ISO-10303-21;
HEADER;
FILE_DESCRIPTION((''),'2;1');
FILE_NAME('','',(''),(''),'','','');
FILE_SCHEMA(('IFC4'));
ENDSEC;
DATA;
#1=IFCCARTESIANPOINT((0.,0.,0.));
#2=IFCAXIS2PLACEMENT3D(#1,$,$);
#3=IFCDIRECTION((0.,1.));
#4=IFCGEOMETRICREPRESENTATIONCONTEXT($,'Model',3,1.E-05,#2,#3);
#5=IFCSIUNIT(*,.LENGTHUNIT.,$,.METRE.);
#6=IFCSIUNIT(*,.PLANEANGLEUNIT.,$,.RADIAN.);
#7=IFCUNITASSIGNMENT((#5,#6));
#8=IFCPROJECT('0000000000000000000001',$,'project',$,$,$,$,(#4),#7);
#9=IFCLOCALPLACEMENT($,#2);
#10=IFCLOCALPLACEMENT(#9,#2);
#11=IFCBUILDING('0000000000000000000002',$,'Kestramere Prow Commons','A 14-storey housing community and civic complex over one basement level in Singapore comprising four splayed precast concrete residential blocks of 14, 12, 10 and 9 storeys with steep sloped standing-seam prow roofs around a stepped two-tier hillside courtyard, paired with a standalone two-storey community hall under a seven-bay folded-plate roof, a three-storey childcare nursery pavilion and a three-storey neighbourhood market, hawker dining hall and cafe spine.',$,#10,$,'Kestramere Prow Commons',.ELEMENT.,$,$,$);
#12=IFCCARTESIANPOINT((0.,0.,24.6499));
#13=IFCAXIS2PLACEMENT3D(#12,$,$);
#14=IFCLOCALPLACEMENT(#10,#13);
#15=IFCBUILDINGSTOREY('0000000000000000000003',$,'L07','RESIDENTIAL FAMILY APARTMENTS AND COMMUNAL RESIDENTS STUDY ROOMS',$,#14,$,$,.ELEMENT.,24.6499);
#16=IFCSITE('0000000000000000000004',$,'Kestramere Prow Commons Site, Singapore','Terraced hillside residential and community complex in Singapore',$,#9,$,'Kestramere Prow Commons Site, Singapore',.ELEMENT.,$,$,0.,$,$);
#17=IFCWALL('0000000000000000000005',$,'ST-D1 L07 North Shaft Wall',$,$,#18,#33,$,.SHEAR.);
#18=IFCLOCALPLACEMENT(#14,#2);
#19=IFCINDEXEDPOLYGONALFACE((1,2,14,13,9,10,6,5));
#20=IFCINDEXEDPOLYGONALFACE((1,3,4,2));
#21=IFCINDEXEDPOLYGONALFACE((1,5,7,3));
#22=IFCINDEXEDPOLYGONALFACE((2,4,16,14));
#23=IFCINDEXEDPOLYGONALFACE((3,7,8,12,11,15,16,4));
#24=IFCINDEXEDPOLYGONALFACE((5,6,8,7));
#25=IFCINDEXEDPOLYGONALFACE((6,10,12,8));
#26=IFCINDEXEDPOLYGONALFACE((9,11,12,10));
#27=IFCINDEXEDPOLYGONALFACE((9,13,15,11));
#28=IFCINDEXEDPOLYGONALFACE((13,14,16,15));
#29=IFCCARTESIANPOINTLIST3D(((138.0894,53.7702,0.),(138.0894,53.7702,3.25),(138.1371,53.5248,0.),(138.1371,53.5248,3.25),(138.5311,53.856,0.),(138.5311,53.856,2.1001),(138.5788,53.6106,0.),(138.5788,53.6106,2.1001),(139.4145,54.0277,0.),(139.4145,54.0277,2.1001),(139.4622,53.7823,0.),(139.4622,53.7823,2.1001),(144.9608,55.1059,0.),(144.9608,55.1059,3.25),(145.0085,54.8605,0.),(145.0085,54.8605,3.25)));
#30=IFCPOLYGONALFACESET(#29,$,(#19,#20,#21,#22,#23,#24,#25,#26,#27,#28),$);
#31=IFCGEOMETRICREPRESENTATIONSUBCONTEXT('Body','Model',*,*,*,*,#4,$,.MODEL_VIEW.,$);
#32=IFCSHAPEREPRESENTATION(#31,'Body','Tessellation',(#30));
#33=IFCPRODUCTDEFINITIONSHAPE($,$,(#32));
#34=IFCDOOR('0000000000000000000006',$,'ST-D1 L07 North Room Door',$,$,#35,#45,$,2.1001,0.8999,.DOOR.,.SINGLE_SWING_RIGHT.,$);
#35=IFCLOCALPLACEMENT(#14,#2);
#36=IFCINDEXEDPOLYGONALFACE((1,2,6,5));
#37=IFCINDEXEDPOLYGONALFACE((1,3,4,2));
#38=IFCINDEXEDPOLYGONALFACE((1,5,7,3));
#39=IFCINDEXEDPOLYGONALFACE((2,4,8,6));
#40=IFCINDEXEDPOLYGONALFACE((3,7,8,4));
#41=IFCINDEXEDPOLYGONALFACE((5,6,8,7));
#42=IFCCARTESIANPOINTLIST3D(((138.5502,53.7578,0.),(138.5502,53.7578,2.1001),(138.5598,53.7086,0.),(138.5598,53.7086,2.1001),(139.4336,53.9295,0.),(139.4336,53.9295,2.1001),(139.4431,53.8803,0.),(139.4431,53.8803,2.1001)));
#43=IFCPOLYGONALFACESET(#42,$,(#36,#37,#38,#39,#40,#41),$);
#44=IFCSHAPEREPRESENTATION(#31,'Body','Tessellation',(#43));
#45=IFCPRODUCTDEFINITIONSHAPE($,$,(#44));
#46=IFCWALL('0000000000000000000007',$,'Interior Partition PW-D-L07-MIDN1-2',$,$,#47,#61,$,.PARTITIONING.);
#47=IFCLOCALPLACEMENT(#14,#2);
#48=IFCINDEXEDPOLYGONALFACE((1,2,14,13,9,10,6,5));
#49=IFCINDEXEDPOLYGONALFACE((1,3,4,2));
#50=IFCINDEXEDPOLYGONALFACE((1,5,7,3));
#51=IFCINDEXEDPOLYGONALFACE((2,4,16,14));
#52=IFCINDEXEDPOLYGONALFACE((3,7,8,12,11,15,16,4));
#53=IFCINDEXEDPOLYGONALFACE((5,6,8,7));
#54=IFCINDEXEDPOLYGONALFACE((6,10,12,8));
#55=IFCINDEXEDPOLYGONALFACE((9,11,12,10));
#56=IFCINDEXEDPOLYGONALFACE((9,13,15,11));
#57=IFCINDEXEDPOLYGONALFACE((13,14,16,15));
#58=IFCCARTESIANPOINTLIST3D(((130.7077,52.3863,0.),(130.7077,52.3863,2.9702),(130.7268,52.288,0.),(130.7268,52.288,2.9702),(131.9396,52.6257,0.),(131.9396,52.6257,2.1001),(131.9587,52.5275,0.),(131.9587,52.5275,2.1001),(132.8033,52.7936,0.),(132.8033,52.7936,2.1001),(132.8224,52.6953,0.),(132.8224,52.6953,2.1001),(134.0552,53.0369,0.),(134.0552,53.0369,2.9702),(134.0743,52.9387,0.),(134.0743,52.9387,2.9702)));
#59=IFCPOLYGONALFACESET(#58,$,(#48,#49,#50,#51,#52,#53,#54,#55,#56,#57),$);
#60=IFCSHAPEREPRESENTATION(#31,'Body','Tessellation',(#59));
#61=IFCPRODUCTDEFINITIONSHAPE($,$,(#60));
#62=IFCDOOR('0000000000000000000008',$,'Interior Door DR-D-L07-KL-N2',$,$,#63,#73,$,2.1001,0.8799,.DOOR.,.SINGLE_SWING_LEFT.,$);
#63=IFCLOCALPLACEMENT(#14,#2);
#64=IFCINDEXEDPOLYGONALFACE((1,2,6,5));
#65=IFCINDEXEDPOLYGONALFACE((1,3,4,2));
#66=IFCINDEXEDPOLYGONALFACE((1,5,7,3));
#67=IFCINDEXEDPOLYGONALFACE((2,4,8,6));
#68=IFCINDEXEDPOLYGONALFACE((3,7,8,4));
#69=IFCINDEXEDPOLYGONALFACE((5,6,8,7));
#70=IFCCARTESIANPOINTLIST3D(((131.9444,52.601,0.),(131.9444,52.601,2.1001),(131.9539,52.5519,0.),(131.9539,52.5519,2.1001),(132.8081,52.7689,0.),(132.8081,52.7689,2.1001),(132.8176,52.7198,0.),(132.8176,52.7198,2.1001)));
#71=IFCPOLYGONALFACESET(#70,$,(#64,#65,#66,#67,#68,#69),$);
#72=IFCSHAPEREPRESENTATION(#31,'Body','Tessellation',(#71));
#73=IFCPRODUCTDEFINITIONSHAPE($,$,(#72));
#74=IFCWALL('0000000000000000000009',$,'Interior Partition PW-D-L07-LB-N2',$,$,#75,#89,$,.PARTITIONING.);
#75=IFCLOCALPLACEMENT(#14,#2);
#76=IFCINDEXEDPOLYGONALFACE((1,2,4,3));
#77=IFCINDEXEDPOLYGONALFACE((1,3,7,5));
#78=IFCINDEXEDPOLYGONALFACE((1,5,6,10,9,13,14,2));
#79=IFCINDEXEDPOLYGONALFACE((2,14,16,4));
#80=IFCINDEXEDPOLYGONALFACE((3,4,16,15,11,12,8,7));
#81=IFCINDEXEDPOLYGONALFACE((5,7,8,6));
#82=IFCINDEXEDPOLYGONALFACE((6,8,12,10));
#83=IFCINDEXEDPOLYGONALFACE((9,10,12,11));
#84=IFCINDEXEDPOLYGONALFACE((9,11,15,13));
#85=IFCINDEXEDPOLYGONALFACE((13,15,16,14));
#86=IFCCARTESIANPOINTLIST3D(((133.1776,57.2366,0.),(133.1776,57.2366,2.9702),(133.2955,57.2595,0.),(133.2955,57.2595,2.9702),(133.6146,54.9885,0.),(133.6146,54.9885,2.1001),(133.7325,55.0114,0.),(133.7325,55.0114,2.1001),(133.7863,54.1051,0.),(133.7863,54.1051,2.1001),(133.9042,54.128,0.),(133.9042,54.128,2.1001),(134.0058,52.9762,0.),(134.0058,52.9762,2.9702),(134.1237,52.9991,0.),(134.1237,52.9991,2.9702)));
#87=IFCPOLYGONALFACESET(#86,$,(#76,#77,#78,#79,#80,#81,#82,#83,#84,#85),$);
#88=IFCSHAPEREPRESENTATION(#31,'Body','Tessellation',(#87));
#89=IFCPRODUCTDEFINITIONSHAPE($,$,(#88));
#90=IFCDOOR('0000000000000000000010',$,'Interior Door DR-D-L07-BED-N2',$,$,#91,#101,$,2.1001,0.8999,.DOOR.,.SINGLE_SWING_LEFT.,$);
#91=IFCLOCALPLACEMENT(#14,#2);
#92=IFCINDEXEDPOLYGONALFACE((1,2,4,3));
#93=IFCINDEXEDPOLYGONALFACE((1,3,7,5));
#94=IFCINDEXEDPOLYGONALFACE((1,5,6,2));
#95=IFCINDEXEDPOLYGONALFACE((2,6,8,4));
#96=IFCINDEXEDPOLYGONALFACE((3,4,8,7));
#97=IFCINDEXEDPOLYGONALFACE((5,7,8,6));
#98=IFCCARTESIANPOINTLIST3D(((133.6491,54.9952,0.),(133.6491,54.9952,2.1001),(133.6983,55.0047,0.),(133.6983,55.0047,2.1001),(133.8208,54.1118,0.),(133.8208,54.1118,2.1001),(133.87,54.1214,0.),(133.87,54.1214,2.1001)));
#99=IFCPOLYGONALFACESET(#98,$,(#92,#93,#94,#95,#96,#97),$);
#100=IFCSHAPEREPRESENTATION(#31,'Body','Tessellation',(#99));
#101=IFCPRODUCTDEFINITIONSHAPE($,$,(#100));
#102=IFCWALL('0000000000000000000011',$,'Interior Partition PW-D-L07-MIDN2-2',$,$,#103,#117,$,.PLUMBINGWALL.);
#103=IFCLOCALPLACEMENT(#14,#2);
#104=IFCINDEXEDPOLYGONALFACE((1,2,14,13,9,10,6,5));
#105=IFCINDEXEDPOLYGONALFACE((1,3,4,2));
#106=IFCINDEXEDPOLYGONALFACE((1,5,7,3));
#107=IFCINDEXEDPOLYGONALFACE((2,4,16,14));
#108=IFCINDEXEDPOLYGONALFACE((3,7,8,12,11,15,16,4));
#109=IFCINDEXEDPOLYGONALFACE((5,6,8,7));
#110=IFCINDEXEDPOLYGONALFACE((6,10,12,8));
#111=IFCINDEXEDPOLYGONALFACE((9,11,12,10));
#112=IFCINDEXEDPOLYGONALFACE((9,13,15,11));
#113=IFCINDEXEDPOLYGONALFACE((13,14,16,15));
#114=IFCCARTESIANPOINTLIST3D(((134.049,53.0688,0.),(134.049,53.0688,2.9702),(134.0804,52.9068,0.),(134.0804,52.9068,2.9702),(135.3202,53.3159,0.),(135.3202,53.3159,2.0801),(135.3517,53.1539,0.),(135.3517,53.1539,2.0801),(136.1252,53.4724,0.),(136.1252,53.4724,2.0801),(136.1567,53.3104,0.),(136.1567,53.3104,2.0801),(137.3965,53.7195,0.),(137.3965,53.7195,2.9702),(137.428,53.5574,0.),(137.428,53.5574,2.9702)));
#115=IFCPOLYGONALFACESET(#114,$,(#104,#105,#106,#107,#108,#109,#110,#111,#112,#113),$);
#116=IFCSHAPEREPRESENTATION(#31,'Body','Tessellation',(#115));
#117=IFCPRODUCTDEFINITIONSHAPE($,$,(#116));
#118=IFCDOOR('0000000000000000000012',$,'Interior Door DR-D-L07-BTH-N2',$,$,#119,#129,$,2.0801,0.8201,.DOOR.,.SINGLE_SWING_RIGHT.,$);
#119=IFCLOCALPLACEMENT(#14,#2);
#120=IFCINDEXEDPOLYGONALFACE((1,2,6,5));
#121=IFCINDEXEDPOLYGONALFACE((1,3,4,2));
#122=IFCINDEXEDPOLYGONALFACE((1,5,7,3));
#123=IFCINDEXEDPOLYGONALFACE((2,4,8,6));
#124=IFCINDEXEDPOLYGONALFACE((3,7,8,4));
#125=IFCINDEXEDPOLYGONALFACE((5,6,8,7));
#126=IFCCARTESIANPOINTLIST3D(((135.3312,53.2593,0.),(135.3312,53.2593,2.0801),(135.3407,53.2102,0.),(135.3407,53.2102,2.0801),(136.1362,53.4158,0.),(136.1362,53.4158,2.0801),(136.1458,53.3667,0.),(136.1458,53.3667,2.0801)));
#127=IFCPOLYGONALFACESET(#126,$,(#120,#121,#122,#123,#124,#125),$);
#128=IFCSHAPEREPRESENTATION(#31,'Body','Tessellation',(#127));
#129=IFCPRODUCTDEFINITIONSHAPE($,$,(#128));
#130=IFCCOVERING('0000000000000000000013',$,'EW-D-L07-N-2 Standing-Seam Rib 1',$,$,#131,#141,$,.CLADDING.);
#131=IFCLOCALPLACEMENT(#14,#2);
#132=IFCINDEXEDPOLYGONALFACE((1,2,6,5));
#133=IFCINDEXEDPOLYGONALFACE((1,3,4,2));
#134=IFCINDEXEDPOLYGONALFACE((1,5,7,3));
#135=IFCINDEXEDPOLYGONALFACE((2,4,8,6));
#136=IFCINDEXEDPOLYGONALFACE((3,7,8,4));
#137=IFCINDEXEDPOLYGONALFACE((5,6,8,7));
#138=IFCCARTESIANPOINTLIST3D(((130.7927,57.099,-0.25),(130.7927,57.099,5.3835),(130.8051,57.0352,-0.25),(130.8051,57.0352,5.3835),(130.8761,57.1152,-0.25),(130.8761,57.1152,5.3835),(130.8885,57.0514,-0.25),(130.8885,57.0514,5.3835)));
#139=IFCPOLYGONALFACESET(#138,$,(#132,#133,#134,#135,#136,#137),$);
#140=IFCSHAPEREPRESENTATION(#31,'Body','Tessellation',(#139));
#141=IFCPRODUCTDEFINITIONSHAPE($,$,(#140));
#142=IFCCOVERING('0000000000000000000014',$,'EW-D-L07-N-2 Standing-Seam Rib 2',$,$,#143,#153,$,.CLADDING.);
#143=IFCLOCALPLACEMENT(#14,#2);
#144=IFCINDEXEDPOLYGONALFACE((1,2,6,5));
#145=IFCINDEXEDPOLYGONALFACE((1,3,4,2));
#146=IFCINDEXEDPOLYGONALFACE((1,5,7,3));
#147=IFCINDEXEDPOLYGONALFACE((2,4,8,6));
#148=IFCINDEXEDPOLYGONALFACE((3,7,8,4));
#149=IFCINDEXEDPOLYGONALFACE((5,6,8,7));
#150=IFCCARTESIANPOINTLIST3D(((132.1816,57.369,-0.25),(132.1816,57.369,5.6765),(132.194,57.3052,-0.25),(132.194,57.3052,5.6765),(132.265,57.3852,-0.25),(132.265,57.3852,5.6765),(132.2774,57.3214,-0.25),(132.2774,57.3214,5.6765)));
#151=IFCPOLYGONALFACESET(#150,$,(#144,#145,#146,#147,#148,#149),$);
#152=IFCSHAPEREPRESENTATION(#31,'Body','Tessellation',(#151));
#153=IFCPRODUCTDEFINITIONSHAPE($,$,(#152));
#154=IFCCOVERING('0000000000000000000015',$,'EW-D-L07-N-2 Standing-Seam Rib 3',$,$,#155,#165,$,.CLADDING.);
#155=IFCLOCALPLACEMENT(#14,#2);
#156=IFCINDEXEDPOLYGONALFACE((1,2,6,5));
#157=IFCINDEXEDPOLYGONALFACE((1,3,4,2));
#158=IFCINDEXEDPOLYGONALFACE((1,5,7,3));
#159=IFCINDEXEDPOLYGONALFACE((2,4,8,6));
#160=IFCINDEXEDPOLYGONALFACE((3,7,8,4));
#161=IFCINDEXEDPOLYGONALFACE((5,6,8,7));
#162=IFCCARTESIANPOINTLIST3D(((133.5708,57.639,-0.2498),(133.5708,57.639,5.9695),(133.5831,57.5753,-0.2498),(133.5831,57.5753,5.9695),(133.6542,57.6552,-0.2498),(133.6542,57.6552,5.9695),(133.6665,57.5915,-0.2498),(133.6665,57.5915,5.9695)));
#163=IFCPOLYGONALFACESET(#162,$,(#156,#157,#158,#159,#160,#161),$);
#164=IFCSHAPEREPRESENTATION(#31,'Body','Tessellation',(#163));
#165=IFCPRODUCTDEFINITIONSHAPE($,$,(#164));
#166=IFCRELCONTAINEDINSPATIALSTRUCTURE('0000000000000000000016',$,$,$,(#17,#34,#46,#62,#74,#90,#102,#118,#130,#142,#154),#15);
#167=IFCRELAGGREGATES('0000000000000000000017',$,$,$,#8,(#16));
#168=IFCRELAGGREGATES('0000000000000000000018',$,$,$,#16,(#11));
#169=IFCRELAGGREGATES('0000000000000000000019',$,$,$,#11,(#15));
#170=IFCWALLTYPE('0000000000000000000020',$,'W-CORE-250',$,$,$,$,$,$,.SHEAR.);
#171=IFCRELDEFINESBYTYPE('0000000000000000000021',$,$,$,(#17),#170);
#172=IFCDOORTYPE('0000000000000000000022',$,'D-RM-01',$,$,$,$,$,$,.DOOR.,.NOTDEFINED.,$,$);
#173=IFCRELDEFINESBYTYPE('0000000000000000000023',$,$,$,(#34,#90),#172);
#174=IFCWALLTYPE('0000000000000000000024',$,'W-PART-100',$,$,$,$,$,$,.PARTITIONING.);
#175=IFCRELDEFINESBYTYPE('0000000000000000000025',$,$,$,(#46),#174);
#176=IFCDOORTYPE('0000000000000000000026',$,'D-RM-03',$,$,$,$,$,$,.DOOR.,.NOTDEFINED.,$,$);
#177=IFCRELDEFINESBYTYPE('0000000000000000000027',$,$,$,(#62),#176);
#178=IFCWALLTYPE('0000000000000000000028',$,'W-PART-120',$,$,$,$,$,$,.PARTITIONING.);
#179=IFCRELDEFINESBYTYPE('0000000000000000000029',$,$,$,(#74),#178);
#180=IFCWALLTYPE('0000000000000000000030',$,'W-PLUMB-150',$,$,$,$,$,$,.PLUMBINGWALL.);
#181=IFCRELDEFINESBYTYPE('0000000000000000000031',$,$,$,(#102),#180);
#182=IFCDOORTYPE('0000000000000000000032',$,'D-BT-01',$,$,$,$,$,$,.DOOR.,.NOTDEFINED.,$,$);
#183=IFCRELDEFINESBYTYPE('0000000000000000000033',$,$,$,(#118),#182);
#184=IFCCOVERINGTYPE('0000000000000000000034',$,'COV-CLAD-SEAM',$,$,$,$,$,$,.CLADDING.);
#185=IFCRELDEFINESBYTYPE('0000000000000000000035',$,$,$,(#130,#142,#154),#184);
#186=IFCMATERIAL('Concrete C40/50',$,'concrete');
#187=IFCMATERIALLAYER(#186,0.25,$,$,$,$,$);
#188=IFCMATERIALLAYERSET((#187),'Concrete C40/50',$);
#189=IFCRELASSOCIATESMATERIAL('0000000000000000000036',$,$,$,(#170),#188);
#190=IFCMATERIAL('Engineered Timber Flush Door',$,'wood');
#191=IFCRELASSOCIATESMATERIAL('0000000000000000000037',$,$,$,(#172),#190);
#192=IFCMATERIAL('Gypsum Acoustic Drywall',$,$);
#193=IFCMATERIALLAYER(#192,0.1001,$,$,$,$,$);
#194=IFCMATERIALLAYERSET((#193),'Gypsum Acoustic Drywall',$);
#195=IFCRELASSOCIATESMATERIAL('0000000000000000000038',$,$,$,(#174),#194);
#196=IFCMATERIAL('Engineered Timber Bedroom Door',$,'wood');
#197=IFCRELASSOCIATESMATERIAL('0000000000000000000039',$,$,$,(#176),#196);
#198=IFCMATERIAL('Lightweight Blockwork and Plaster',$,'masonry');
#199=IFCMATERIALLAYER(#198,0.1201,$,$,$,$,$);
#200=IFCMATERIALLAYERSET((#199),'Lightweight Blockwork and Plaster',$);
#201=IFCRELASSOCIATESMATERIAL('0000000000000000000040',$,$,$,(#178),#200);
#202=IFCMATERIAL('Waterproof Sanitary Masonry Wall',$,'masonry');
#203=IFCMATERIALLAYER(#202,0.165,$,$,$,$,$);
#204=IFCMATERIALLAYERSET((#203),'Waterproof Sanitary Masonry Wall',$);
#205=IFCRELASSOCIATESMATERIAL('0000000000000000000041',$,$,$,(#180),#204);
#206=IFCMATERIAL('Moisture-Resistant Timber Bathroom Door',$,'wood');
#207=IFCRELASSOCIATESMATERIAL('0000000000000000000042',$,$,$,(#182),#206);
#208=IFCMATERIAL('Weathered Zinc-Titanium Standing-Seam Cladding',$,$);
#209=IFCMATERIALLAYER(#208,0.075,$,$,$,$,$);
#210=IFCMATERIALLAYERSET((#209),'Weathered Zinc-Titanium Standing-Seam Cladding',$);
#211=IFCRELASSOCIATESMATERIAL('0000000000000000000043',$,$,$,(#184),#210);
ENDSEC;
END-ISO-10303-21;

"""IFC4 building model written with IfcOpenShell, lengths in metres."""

from ifc_helpers import new_model, si_unit, direction, frame, frame_2d, origin, origin_2d, place, context, subcontext, project, spatial, rectangle, extrude, material, layer, layer_set, type_object, element, fill, save


model = new_model("IFC4")

# Units and contexts
model_context = context("Model", 3, precision=1e-05, world=origin(), true_north=direction((0.0, 1.0)))
body_context = subcontext(model_context, "Body", "Model", "MODEL_VIEW")
ifc_project = project(units=[si_unit("LENGTHUNIT", "METRE"), si_unit("PLANEANGLEUNIT", "RADIAN")], contexts=[model_context])

# Site, building, storey
site_placement = place(None, origin())
site = spatial("IfcSite", under=ifc_project, at=site_placement, Name="Kestramere Prow Commons Site, Singapore", Description="Terraced hillside residential and community complex in Singapore", LongName="Kestramere Prow Commons Site, Singapore", CompositionType="ELEMENT", RefElevation=0.0)
building_placement = place(site_placement, origin())
building = spatial("IfcBuilding", under=site, at=building_placement, Name="Kestramere Prow Commons", Description="A 14-storey housing community and civic complex over one basement level in Singapore comprising four splayed precast concrete residential blocks of 14, 12, 10 and 9 storeys with steep sloped standing-seam prow roofs around a stepped two-tier hillside courtyard, paired with a standalone two-storey community hall under a seven-bay folded-plate roof, a three-storey childcare nursery pavilion and a three-storey neighbourhood market, hawker dining hall and cafe spine.", LongName="Kestramere Prow Commons", CompositionType="ELEMENT")
storey_placement = place(building_placement, frame((0.0, 0.0, 24.6499)))
storey = spatial("IfcBuildingStorey", under=building, at=storey_placement, Name="L07", Description="RESIDENTIAL FAMILY APARTMENTS AND COMMUNAL RESIDENTS STUDY ROOMS", CompositionType="ELEMENT", Elevation=24.6499)

# Walls, openings, doors
ifc_material_1 = material(Name="Concrete C40/50", Category="concrete")
ifc_layer_1 = layer(ifc_material_1, 0.25)
ifc_layer_set_1 = layer_set([ifc_layer_1], Name="Concrete C40/50")
wall_type_1 = type_object("IfcWallType", Name="W-CORE-250", PredefinedType="SHEAR", material=ifc_layer_set_1)
wall_1_placement = place(storey_placement, frame((138.1133, 53.6475, 0.0), z_axis=(0.0, 0.0, 1.0), x_axis=(0.981626, 0.190815, 0.0)))
wall_1 = element("IfcWall", 1, at=wall_1_placement, inside=storey, type_object=wall_type_1, Name="ST-D1 L07 North Shaft Wall", PredefinedType="SHEAR", context=body_context, shape_type="SweptSolid", body=[
    extrude(rectangle(XDim=7.0, YDim=0.25, at=frame_2d((3.5, 0.0))), origin(), (0.0, 0.0, 1.0), 3.25),
])
opening_1_placement = place(wall_1_placement, frame((0.45, 0.0, 0.0)))
opening_1 = element("IfcOpeningElement", 2, at=opening_1_placement, cuts=wall_1, PredefinedType="OPENING", context=body_context, shape_type="SweptSolid", body=[
    extrude(rectangle(XDim=0.8999, YDim=2.1001, at=frame_2d((0.45, 1.05))), frame((0.0, 0.1399, 0.0), z_axis=(0.0, -1.0, 0.0), x_axis=(1.0, 0.0, 0.0)), (0.0, 0.0, 1.0), 0.28),
])
ifc_material_2 = material(Name="Engineered Timber Flush Door", Category="wood")
door_type_1 = type_object("IfcDoorType", Name="D-RM-01", OperationType="NOTDEFINED", PredefinedType="DOOR", material=ifc_material_2)
door_1_placement = place(opening_1_placement, origin())
door_1 = element("IfcDoor", 3, at=door_1_placement, inside=storey, type_object=door_type_1, Name="ST-D1 L07 North Room Door", OperationType="SINGLE_SWING_RIGHT", OverallHeight=2.1001, OverallWidth=0.8999, PredefinedType="DOOR", context=body_context, shape_type="SweptSolid", body=[
    extrude(rectangle(XDim=0.8999, YDim=2.1001, at=frame_2d((0.45, 1.05))), frame((0.0, 0.0249, 0.0), z_axis=(0.0, -1.0, 0.0), x_axis=(1.0, 0.0, 0.0)), (0.0, 0.0, 1.0), 0.05),
])
fill(opening_1, door_1)
ifc_material_3 = material(Name="Gypsum Acoustic Drywall")
ifc_layer_2 = layer(ifc_material_3, 0.1001)
ifc_layer_set_2 = layer_set([ifc_layer_2], Name="Gypsum Acoustic Drywall")
wall_type_2 = type_object("IfcWallType", Name="W-PART-100", PredefinedType="PARTITIONING", material=ifc_layer_set_2)
wall_2_placement = place(storey_placement, frame((130.7173, 52.3372, 0.0), z_axis=(0.0, 0.0, 1.0), x_axis=(0.981629, 0.190799, 0.0)))
wall_2 = element("IfcWall", 4, at=wall_2_placement, inside=storey, type_object=wall_type_2, Name="Interior Partition PW-D-L07-MIDN1-2", PredefinedType="PARTITIONING", context=body_context, shape_type="SweptSolid", body=[
    extrude(rectangle(XDim=3.4102, YDim=0.1001, at=frame_2d((1.7051, 0.0))), origin(), (0.0, 0.0, 1.0), 2.9702),
])
opening_2_placement = place(wall_2_placement, frame((1.2549, 0.0, 0.0)))
opening_2 = element("IfcOpeningElement", 5, at=opening_2_placement, cuts=wall_2, PredefinedType="OPENING", context=body_context, shape_type="SweptSolid", body=[
    extrude(rectangle(XDim=0.8799, YDim=2.1001, at=frame_2d((0.4399, 1.05))), frame((0.0, 0.0649, 0.0), z_axis=(0.0, -1.0, 0.0), x_axis=(1.0, 0.0, 0.0)), (0.0, 0.0, 1.0), 0.1301),
])
ifc_material_4 = material(Name="Engineered Timber Bedroom Door", Category="wood")
door_type_2 = type_object("IfcDoorType", Name="D-RM-03", OperationType="NOTDEFINED", PredefinedType="DOOR", material=ifc_material_4)
door_2_placement = place(opening_2_placement, origin())
door_2 = element("IfcDoor", 6, at=door_2_placement, inside=storey, type_object=door_type_2, Name="Interior Door DR-D-L07-KL-N2", OperationType="SINGLE_SWING_LEFT", OverallHeight=2.1001, OverallWidth=0.8799, PredefinedType="DOOR", context=body_context, shape_type="SweptSolid", body=[
    extrude(rectangle(XDim=0.8799, YDim=2.1001, at=frame_2d((0.4399, 1.05))), frame((0.0, 0.0249, 0.0), z_axis=(0.0, -1.0, 0.0), x_axis=(1.0, 0.0, 0.0)), (0.0, 0.0, 1.0), 0.05),
])
fill(opening_2, door_2)
ifc_material_5 = material(Name="Lightweight Blockwork and Plaster", Category="masonry")
ifc_layer_3 = layer(ifc_material_5, 0.1201)
ifc_layer_set_3 = layer_set([ifc_layer_3], Name="Lightweight Blockwork and Plaster")
wall_type_3 = type_object("IfcWallType", Name="W-PART-120", PredefinedType="PARTITIONING", material=ifc_layer_set_3)
wall_3_placement = place(storey_placement, frame((134.0647, 52.9878, 0.0), z_axis=(0.0, 0.0, 1.0), x_axis=(-0.190812, 0.981627, 0.0)))
wall_3 = element("IfcWall", 7, at=wall_3_placement, inside=storey, type_object=wall_type_3, Name="Interior Partition PW-D-L07-LB-N2", PredefinedType="PARTITIONING", context=body_context, shape_type="SweptSolid", body=[
    extrude(rectangle(XDim=4.3401, YDim=0.1201, at=frame_2d((2.1699, 0.0))), origin(), (0.0, 0.0, 1.0), 2.9702),
])
opening_3_placement = place(wall_3_placement, frame((1.1499, 0.0, 0.0)))
opening_3 = element("IfcOpeningElement", 8, at=opening_3_placement, cuts=wall_3, PredefinedType="OPENING", context=body_context, shape_type="SweptSolid", body=[
    extrude(rectangle(XDim=0.8999, YDim=2.1001, at=frame_2d((0.45, 1.05))), frame((0.0, 0.075, 0.0), z_axis=(0.0, -1.0, 0.0), x_axis=(1.0, 0.0, 0.0)), (0.0, 0.0, 1.0), 0.1501),
])
door_3_placement = place(opening_3_placement, origin())
door_3 = element("IfcDoor", 9, at=door_3_placement, inside=storey, type_object=door_type_1, Name="Interior Door DR-D-L07-BED-N2", OperationType="SINGLE_SWING_LEFT", OverallHeight=2.1001, OverallWidth=0.8999, PredefinedType="DOOR", context=body_context, shape_type="SweptSolid", body=[
    extrude(rectangle(XDim=0.8999, YDim=2.1001, at=frame_2d((0.45, 1.05))), frame((0.0, 0.0249, 0.0), z_axis=(0.0, -1.0, 0.0), x_axis=(1.0, 0.0, 0.0)), (0.0, 0.0, 1.0), 0.05),
])
fill(opening_3, door_3)
ifc_material_6 = material(Name="Waterproof Sanitary Masonry Wall", Category="masonry")
ifc_layer_4 = layer(ifc_material_6, 0.165)
ifc_layer_set_4 = layer_set([ifc_layer_4], Name="Waterproof Sanitary Masonry Wall")
wall_type_4 = type_object("IfcWallType", Name="W-PLUMB-150", PredefinedType="PLUMBINGWALL", material=ifc_layer_set_4)
wall_4_placement = place(storey_placement, frame((134.0647, 52.9878, 0.0), z_axis=(0.0, 0.0, 1.0), x_axis=(0.981629, 0.190799, 0.0)))
wall_4 = element("IfcWall", 10, at=wall_4_placement, inside=storey, type_object=wall_type_4, Name="Interior Partition PW-D-L07-MIDN2-2", PredefinedType="PLUMBINGWALL", context=body_context, shape_type="SweptSolid", body=[
    extrude(rectangle(XDim=3.4102, YDim=0.165, at=frame_2d((1.7051, 0.0))), origin(), (0.0, 0.0, 1.0), 2.9702),
])
opening_4_placement = place(wall_4_placement, frame((1.2949, 0.0, 0.0)))
opening_4 = element("IfcOpeningElement", 11, at=opening_4_placement, cuts=wall_4, PredefinedType="OPENING", context=body_context, shape_type="SweptSolid", body=[
    extrude(rectangle(XDim=0.8201, YDim=2.0801, at=frame_2d((0.4102, 1.04))), frame((0.0, 0.0974, 0.0), z_axis=(0.0, -1.0, 0.0), x_axis=(1.0, 0.0, 0.0)), (0.0, 0.0, 1.0), 0.1951),
])
ifc_material_7 = material(Name="Moisture-Resistant Timber Bathroom Door", Category="wood")
door_type_3 = type_object("IfcDoorType", Name="D-BT-01", OperationType="NOTDEFINED", PredefinedType="DOOR", material=ifc_material_7)
door_4_placement = place(opening_4_placement, origin())
door_4 = element("IfcDoor", 12, at=door_4_placement, inside=storey, type_object=door_type_3, Name="Interior Door DR-D-L07-BTH-N2", OperationType="SINGLE_SWING_RIGHT", OverallHeight=2.0801, OverallWidth=0.8201, PredefinedType="DOOR", context=body_context, shape_type="SweptSolid", body=[
    extrude(rectangle(XDim=0.8201, YDim=2.0801, at=frame_2d((0.4102, 1.04))), frame((0.0, 0.0249, 0.0), z_axis=(0.0, -1.0, 0.0), x_axis=(1.0, 0.0, 0.0)), (0.0, 0.0, 1.0), 0.05),
])
fill(opening_4, door_4)

# Coverings
ifc_material_8 = material(Name="Weathered Zinc-Titanium Standing-Seam Cladding")
ifc_layer_5 = layer(ifc_material_8, 0.075)
ifc_layer_set_5 = layer_set([ifc_layer_5], Name="Weathered Zinc-Titanium Standing-Seam Cladding")
covering_type = type_object("IfcCoveringType", Name="COV-CLAD-SEAM", PredefinedType="CLADDING", material=ifc_layer_set_5)
covering_1_placement = place(storey_placement, frame((130.8406, 57.0752, -0.25), z_axis=(0.0, 0.0, 1.0), x_axis=(0.981627, 0.190809, 0.0)))
element("IfcCovering", 13, at=covering_1_placement, inside=storey, type_object=covering_type, Name="EW-D-L07-N-2 Standing-Seam Rib 1", PredefinedType="CLADDING", context=body_context, shape_type="SweptSolid", body=[
    extrude(rectangle(XDim=0.085, YDim=0.0649, at=origin_2d()), origin(), (0.0, 0.0, 1.0), 5.6335),
])
covering_2_placement = place(storey_placement, frame((132.2295, 57.3452, -0.25), z_axis=(0.0, 0.0, 1.0), x_axis=(0.981627, 0.190809, 0.0)))
element("IfcCovering", 14, at=covering_2_placement, inside=storey, type_object=covering_type, Name="EW-D-L07-N-2 Standing-Seam Rib 2", PredefinedType="CLADDING", context=body_context, shape_type="SweptSolid", body=[
    extrude(rectangle(XDim=0.085, YDim=0.0649, at=origin_2d()), origin(), (0.0, 0.0, 1.0), 5.9265),
])
covering_3_placement = place(storey_placement, frame((133.6187, 57.6152, -0.2498), z_axis=(0.0, 0.0, 1.0), x_axis=(0.981627, 0.190809, 0.0)))
element("IfcCovering", 15, at=covering_3_placement, inside=storey, type_object=covering_type, Name="EW-D-L07-N-2 Standing-Seam Rib 3", PredefinedType="CLADDING", context=body_context, shape_type="SweptSolid", body=[
    extrude(rectangle(XDim=0.085, YDim=0.0649, at=origin_2d()), origin(), (0.0, 0.0, 1.0), 6.2192),
])

save(model, "model.ifc")
